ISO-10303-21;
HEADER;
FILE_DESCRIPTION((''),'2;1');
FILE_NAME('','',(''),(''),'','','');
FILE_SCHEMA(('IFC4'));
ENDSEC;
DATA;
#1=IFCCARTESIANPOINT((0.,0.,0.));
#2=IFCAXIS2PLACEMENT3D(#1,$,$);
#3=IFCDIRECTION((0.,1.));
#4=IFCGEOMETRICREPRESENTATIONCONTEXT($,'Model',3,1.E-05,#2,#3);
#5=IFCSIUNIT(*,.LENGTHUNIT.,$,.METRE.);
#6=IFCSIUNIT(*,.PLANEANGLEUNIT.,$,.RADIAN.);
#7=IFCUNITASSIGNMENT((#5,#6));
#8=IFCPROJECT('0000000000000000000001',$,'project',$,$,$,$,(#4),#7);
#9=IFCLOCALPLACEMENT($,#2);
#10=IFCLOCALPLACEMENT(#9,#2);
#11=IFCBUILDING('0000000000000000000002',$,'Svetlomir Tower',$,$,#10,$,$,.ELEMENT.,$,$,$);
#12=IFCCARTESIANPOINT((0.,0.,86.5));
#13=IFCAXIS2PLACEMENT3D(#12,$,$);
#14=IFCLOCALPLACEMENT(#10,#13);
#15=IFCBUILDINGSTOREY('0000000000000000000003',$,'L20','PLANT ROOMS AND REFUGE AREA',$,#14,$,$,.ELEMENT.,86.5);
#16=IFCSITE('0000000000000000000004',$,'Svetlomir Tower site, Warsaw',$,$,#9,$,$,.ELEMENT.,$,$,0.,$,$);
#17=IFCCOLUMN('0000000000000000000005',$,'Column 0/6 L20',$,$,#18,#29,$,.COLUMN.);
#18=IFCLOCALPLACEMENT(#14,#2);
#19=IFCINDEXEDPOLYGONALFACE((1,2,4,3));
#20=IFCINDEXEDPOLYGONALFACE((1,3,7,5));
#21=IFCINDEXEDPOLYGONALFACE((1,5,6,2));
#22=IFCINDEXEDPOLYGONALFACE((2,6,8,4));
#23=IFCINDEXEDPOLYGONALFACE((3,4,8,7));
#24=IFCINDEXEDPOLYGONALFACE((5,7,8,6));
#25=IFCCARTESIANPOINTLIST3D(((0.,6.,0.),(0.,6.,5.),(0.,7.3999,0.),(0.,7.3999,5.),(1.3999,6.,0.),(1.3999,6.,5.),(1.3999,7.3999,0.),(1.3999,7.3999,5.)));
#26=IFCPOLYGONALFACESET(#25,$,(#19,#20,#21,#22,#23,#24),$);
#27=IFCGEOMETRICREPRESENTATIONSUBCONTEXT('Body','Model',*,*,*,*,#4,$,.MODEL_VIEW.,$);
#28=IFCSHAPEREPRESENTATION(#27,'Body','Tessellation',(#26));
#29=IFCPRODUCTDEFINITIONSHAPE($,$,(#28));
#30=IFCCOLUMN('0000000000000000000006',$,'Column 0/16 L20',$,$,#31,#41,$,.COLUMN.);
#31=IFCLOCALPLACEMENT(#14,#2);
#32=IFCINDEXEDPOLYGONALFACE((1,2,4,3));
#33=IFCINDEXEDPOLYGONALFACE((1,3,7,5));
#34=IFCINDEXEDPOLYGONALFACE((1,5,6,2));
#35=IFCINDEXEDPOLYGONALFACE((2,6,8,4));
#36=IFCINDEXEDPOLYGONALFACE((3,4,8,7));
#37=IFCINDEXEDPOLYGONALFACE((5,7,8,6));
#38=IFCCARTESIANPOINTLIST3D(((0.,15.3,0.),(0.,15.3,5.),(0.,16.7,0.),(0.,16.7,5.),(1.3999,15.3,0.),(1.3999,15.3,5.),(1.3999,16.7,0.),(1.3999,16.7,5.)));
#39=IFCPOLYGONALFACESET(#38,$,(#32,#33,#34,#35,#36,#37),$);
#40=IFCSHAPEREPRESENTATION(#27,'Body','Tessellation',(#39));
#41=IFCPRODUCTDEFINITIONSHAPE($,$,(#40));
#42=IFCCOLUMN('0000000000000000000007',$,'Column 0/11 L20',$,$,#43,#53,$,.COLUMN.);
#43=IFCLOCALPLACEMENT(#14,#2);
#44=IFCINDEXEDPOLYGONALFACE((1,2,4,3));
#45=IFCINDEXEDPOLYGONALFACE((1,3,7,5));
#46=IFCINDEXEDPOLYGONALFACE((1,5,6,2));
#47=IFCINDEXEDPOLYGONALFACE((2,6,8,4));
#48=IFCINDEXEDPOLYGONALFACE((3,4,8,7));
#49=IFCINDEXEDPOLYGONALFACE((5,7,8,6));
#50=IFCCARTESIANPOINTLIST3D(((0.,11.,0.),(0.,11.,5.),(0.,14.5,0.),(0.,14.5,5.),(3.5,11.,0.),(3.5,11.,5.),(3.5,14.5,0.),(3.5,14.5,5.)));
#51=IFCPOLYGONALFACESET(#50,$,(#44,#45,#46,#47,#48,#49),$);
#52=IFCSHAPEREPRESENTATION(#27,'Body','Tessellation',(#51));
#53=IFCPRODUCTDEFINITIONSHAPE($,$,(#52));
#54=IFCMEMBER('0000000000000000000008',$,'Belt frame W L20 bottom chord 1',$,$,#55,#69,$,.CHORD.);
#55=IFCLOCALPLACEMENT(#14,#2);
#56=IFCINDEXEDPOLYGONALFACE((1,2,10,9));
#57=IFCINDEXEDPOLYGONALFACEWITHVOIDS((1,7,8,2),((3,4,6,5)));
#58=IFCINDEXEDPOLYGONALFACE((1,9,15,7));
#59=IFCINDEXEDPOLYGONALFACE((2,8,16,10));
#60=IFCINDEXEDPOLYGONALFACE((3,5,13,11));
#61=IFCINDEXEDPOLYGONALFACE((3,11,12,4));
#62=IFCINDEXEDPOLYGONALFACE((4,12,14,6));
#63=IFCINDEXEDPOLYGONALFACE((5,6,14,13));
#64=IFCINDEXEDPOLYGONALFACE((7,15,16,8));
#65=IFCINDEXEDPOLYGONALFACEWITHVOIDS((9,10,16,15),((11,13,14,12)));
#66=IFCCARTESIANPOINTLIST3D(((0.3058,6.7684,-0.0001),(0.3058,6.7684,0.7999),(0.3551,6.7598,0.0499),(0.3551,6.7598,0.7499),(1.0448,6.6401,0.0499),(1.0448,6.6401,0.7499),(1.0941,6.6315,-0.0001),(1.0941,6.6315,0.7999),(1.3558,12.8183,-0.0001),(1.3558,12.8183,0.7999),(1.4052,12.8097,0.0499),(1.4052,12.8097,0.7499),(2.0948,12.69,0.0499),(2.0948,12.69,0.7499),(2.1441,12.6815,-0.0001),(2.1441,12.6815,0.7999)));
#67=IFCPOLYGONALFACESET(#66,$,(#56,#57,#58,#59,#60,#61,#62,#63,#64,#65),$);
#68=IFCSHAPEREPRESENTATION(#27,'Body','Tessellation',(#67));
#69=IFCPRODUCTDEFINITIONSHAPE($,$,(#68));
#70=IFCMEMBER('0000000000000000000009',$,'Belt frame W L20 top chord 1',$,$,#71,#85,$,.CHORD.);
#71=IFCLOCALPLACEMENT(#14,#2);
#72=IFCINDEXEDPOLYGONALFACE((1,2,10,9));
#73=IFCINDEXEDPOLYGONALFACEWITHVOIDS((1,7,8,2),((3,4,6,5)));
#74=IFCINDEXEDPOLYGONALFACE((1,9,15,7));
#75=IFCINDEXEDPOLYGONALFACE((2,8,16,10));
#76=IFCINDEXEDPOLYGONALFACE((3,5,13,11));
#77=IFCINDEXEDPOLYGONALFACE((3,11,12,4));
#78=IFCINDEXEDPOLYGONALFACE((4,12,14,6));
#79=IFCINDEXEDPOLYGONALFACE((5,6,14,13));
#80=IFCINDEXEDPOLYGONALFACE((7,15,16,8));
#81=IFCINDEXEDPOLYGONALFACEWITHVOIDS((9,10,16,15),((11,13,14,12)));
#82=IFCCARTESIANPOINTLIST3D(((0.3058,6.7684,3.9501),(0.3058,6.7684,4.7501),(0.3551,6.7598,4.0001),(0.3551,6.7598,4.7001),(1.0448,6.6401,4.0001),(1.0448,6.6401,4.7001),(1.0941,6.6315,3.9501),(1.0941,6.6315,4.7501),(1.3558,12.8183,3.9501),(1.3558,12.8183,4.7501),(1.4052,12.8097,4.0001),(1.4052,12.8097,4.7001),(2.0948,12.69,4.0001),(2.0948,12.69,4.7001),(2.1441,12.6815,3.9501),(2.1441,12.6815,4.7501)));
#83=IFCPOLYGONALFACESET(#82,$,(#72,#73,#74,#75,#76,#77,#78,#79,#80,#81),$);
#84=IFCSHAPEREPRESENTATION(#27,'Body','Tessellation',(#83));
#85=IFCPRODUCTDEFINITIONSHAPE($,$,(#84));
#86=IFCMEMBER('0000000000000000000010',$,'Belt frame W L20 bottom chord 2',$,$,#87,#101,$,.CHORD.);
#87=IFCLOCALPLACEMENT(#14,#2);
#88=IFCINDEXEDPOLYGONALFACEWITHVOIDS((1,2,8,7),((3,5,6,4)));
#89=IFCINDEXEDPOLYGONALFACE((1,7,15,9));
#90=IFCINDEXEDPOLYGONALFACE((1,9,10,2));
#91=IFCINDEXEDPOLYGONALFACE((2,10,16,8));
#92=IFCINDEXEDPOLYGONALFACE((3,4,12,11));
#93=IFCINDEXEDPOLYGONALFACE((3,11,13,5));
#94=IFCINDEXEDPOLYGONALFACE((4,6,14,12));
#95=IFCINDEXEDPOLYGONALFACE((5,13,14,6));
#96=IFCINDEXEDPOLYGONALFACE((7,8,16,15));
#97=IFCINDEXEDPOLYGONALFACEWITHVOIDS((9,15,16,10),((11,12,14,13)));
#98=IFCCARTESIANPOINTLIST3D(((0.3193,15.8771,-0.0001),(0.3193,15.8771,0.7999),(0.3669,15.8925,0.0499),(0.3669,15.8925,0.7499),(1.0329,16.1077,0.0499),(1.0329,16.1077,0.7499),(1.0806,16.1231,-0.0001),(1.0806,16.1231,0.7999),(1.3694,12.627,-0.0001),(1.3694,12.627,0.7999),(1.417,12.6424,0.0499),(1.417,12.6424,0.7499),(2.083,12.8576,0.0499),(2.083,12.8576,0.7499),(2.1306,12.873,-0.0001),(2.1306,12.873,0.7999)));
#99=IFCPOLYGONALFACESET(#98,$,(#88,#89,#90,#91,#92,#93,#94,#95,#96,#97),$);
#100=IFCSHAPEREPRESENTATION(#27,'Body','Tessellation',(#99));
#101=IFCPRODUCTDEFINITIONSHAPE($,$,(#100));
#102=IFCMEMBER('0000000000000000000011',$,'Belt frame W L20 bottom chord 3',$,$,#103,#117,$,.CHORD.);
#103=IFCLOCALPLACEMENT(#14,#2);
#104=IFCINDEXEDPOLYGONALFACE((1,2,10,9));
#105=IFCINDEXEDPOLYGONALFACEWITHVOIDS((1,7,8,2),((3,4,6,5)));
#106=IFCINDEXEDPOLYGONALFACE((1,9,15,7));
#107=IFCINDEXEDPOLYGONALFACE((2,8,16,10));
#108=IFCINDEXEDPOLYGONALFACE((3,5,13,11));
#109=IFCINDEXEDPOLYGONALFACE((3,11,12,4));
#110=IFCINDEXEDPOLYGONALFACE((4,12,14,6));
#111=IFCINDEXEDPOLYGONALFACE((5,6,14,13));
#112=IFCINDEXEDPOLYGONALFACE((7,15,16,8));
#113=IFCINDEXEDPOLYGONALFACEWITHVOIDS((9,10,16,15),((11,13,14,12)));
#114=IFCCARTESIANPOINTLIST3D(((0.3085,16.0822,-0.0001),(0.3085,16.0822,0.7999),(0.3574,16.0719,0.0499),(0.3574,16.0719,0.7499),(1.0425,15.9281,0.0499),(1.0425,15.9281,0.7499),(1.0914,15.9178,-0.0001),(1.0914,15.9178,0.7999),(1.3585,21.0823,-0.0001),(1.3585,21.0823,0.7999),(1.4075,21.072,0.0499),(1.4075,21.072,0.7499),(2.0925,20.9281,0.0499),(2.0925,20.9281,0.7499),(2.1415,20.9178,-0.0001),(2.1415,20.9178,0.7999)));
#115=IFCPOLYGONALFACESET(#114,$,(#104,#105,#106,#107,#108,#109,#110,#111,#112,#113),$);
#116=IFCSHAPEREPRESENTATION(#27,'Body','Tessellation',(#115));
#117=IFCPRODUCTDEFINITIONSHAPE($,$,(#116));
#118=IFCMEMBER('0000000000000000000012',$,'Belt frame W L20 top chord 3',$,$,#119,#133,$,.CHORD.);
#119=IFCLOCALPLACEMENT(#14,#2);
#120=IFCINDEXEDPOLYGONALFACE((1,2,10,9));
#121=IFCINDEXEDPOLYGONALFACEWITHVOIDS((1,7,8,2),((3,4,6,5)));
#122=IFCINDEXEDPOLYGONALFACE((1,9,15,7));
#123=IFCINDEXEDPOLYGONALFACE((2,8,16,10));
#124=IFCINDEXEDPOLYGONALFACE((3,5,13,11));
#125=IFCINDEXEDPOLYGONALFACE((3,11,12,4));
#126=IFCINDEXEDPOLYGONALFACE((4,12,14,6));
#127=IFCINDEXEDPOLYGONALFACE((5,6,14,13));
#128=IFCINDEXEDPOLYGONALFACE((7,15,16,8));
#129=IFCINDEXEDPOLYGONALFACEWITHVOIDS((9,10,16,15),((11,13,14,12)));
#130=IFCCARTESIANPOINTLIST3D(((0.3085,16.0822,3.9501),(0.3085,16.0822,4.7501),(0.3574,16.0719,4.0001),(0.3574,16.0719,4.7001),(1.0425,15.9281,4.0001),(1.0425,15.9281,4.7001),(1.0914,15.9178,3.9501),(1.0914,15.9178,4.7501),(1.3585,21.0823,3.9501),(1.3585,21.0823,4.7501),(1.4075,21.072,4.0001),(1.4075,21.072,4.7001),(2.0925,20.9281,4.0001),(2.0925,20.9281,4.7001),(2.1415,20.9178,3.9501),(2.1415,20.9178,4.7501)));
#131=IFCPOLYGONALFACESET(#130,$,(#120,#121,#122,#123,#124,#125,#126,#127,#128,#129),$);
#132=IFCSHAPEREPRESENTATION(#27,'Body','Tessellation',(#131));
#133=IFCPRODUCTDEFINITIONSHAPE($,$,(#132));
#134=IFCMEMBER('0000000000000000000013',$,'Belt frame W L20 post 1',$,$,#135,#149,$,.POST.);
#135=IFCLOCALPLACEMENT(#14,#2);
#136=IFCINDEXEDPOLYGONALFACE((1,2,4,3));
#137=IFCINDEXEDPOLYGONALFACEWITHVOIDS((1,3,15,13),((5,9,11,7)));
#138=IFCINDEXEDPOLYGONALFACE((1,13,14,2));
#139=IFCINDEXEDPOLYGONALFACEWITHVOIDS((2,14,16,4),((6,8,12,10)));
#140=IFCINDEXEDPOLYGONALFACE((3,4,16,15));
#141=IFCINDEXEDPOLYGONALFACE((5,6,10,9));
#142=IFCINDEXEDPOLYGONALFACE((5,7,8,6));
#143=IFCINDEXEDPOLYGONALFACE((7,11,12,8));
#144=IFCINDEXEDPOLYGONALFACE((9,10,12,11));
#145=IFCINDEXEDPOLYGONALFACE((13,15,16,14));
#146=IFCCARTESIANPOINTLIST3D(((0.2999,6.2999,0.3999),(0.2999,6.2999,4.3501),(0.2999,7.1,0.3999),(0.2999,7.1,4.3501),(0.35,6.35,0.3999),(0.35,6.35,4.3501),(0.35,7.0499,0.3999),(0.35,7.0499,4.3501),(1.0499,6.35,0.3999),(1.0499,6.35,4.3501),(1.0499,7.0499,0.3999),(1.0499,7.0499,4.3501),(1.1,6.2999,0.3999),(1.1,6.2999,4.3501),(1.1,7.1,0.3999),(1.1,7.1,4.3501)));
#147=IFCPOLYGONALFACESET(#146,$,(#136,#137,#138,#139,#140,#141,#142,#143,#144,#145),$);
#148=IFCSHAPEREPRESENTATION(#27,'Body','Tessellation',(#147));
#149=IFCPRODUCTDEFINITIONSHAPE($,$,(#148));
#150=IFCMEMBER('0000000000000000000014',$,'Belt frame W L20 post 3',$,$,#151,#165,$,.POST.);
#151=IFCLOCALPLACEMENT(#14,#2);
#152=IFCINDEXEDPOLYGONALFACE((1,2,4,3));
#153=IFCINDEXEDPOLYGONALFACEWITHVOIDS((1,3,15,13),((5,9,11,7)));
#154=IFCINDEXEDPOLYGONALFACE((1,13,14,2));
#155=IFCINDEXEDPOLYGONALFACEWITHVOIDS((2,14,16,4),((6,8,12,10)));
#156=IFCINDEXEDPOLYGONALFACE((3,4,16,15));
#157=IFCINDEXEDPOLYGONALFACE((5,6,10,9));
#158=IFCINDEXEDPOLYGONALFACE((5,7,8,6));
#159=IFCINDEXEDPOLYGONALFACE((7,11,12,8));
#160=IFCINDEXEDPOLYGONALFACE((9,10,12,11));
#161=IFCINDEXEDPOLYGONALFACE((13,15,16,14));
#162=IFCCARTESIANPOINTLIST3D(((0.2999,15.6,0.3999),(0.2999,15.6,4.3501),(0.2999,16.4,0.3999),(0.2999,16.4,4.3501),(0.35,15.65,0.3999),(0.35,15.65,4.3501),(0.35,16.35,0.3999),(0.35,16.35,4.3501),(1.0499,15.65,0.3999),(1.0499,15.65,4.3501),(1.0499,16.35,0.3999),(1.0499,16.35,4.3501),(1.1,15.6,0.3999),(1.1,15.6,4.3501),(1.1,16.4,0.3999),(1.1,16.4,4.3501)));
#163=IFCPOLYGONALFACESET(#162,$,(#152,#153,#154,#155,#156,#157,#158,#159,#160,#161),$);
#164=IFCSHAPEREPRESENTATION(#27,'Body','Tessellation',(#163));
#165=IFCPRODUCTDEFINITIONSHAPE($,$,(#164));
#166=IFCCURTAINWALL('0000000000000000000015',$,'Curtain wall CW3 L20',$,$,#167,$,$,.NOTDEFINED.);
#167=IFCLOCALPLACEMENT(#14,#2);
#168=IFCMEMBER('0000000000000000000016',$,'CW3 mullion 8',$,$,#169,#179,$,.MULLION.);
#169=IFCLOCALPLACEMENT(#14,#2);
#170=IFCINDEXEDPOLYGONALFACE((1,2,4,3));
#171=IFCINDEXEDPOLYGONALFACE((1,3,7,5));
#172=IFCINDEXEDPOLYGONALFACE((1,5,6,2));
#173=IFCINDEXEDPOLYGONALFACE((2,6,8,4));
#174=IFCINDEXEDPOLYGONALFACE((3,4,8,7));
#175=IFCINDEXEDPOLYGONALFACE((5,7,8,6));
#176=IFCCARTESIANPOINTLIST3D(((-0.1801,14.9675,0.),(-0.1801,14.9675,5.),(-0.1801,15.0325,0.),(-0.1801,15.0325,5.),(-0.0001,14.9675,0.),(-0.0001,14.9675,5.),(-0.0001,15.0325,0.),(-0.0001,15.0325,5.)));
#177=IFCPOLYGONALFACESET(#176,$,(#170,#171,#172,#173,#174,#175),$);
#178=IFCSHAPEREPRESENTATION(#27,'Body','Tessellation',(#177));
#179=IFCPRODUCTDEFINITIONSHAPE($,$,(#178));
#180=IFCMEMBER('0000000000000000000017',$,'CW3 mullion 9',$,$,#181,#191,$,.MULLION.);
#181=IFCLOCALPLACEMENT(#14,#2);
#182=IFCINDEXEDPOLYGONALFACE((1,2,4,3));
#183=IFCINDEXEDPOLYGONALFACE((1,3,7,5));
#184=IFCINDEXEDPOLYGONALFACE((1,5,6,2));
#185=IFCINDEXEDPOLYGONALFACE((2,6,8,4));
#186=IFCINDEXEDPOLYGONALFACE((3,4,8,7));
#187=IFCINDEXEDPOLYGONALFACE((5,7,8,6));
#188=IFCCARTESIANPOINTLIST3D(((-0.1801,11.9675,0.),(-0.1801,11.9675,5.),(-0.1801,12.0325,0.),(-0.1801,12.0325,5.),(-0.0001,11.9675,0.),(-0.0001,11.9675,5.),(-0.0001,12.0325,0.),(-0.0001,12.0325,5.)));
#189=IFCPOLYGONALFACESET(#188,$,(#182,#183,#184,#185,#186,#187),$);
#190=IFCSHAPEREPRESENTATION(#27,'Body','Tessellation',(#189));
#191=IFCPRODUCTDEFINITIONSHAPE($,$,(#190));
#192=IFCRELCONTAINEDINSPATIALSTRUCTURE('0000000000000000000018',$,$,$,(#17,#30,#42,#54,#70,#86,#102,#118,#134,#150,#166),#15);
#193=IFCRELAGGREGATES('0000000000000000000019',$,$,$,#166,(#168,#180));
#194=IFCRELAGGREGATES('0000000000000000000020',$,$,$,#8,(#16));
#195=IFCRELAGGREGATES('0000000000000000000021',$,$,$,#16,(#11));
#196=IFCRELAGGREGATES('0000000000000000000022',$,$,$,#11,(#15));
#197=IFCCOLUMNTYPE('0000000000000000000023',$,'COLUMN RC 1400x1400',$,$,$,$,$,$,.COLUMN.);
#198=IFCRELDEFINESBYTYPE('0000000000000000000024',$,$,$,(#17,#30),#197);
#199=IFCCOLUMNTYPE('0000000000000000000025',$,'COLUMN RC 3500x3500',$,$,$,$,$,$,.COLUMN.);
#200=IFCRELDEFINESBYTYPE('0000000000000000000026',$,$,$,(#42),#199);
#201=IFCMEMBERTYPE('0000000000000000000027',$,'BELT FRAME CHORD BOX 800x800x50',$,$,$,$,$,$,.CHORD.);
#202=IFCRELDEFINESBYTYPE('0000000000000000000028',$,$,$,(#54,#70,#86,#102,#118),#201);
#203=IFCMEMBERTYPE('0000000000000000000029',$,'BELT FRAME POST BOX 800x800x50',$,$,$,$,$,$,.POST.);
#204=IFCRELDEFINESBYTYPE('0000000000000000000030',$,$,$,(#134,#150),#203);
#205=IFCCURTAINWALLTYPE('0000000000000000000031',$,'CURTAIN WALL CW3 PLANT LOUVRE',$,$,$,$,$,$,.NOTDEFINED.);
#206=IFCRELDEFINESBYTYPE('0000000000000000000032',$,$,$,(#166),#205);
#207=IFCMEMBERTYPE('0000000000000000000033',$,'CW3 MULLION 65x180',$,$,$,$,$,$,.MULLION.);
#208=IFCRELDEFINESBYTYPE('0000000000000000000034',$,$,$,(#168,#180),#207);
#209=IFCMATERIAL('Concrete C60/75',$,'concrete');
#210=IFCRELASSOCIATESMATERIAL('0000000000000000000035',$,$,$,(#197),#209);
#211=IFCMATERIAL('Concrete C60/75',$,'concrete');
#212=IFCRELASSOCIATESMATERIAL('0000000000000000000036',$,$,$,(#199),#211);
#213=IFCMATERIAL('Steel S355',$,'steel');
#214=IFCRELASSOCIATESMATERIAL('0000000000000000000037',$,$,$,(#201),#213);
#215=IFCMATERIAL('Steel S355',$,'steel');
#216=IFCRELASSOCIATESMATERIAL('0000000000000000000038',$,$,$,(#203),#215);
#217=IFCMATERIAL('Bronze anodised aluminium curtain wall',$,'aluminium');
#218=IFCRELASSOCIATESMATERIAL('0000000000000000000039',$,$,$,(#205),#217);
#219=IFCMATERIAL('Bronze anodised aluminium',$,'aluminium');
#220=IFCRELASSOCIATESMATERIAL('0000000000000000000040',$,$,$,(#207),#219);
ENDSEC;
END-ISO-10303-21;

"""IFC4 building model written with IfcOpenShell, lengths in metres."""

from ifc_helpers import new_model, si_unit, direction, frame, origin, origin_2d, place, context, subcontext, project, spatial, rectangle, hollow_rectangle, extrude, material, material_profile, profile_set, type_object, element, aggregate, save


model = new_model("IFC4")

# Units and contexts
model_context = context("Model", 3, precision=1e-05, world=origin(), true_north=direction((0.0, 1.0)))
body_context = subcontext(model_context, "Body", "Model", "MODEL_VIEW")
ifc_project = project(units=[si_unit("LENGTHUNIT", "METRE"), si_unit("PLANEANGLEUNIT", "RADIAN")], contexts=[model_context])

# Site, building, storey
site_placement = place(None, origin())
site = spatial("IfcSite", under=ifc_project, at=site_placement, Name="Svetlomir Tower site, Warsaw", CompositionType="ELEMENT", RefElevation=0.0)
building_placement = place(site_placement, origin())
building = spatial("IfcBuilding", under=site, at=building_placement, Name="Svetlomir Tower", CompositionType="ELEMENT")
storey_placement = place(building_placement, frame((0.0, 0.0, 86.5)))
storey = spatial("IfcBuildingStorey", under=building, at=storey_placement, Name="L20", Description="PLANT ROOMS AND REFUGE AREA", CompositionType="ELEMENT", Elevation=86.5)

# Columns
ifc_material_1 = material(Name="Concrete C60/75", Category="concrete")
ifc_material_profile_1 = material_profile(ifc_material_1, rectangle(XDim=1.3999, YDim=1.3999, at=origin_2d()), Name="RC 1400x1400")
ifc_profile_set_1 = profile_set([ifc_material_profile_1], Name="Concrete C60/75")
column_type_1 = type_object("IfcColumnType", Name="COLUMN RC 1400x1400", PredefinedType="COLUMN", material=ifc_profile_set_1)
for number, where, z_axis, x_axis, name in (
    (1, (0.7, 6.7, 0.0), (0.0, 0.0, 1.0), (1.0, 0.0, 0.0), "Column 0/6 L20"),
    (2, (0.7, 16.0, 0.0), (0.0, 0.0, 1.0), (1.0, 0.0, 0.0), "Column 0/16 L20"),
):
    element("IfcColumn", number, at=place(storey_placement, frame(where, z_axis=z_axis, x_axis=x_axis)), inside=storey, type_object=column_type_1, Name=name, PredefinedType="COLUMN", context=body_context, shape_type="SweptSolid", body=[
        extrude(rectangle(XDim=1.3999, YDim=1.3999, at=origin_2d()), origin(), (0.0, 0.0, 1.0), 5.0),
    ])
ifc_material_2 = material(Name="Concrete C60/75", Category="concrete")
ifc_material_profile_2 = material_profile(ifc_material_2, rectangle(XDim=3.5, YDim=3.5, at=origin_2d()), Name="RC 3500x3500")
ifc_profile_set_2 = profile_set([ifc_material_profile_2], Name="Concrete C60/75")
column_type_2 = type_object("IfcColumnType", Name="COLUMN RC 3500x3500", PredefinedType="COLUMN", material=ifc_profile_set_2)
column_placement = place(storey_placement, frame((1.75, 12.75, 0.0), z_axis=(0.0, 0.0, 1.0), x_axis=(1.0, 0.0, 0.0)))
element("IfcColumn", 3, at=column_placement, inside=storey, type_object=column_type_2, Name="Column 0/11 L20", PredefinedType="COLUMN", context=body_context, shape_type="SweptSolid", body=[
    extrude(rectangle(XDim=3.5, YDim=3.5, at=origin_2d()), origin(), (0.0, 0.0, 1.0), 5.0),
])

# Members
ifc_material_3 = material(Name="Steel S355", Category="steel")
ifc_material_profile_3 = material_profile(ifc_material_3, hollow_rectangle(XDim=0.8, YDim=0.8, WallThickness=0.05, at=origin_2d()), Name="BOX 800x800x50")
ifc_profile_set_3 = profile_set([ifc_material_profile_3], Name="Steel S355")
member_type_1 = type_object("IfcMemberType", Name="BELT FRAME CHORD BOX 800x800x50", PredefinedType="CHORD", material=ifc_profile_set_3)
for number, where, z_axis, x_axis, name in (
    (4, (0.7, 6.7, 0.3999), (0.171004, 0.98527, 0.0), (-0.98527, 0.171004, 0.0), "Belt frame W L20 bottom chord 1"),
    (5, (0.7, 6.7, 4.3501), (0.171004, 0.98527, 0.0), (-0.98527, 0.171004, 0.0), "Belt frame W L20 top chord 1"),
):
    element("IfcMember", number, at=place(storey_placement, frame(where, z_axis=z_axis, x_axis=x_axis)), inside=storey, type_object=member_type_1, Name=name, PredefinedType="CHORD", context=body_context, shape_type="SweptSolid", body=[
        extrude(hollow_rectangle(XDim=0.8, YDim=0.8, WallThickness=0.05, at=origin_2d()), origin(), (0.0, 0.0, 1.0), 6.1404),
    ])
member_1_placement = place(storey_placement, frame((1.75, 12.75, 0.3999), z_axis=(-0.307443, 0.951566, 0.0), x_axis=(-0.951566, -0.307443, 0.0)))
element("IfcMember", 6, at=member_1_placement, inside=storey, type_object=member_type_1, Name="Belt frame W L20 bottom chord 2", PredefinedType="CHORD", context=body_context, shape_type="SweptSolid", body=[
    extrude(hollow_rectangle(XDim=0.8, YDim=0.8, WallThickness=0.05, at=origin_2d()), origin(), (0.0, 0.0, 1.0), 3.4155),
])
for number, where, z_axis, x_axis, name in (
    (7, (0.7, 16.0, 0.3999), (0.205526, 0.978652, 0.0), (-0.978652, 0.205526, 0.0), "Belt frame W L20 bottom chord 3"),
    (8, (0.7, 16.0, 4.3501), (0.205526, 0.978652, 0.0), (-0.978652, 0.205526, 0.0), "Belt frame W L20 top chord 3"),
):
    element("IfcMember", number, at=place(storey_placement, frame(where, z_axis=z_axis, x_axis=x_axis)), inside=storey, type_object=member_type_1, Name=name, PredefinedType="CHORD", context=body_context, shape_type="SweptSolid", body=[
        extrude(hollow_rectangle(XDim=0.8, YDim=0.8, WallThickness=0.05, at=origin_2d()), origin(), (0.0, 0.0, 1.0), 5.1091),
    ])
ifc_material_4 = material(Name="Steel S355", Category="steel")
ifc_material_profile_4 = material_profile(ifc_material_4, hollow_rectangle(XDim=0.8, YDim=0.8, WallThickness=0.05, at=origin_2d()), Name="BOX 800x800x50")
ifc_profile_set_4 = profile_set([ifc_material_profile_4], Name="Steel S355")
member_type_2 = type_object("IfcMemberType", Name="BELT FRAME POST BOX 800x800x50", PredefinedType="POST", material=ifc_profile_set_4)
for number, where, z_axis, x_axis, name in (
    (9, (0.7, 6.7, 0.3999), (0.0, 0.0, 1.0), (1.0, 0.0, 0.0), "Belt frame W L20 post 1"),
    (10, (0.7, 16.0, 0.3999), (0.0, 0.0, 1.0), (1.0, 0.0, 0.0), "Belt frame W L20 post 3"),
):
    element("IfcMember", number, at=place(storey_placement, frame(where, z_axis=z_axis, x_axis=x_axis)), inside=storey, type_object=member_type_2, Name=name, PredefinedType="POST", context=body_context, shape_type="SweptSolid", body=[
        extrude(hollow_rectangle(XDim=0.8, YDim=0.8, WallThickness=0.05, at=origin_2d()), origin(), (0.0, 0.0, 1.0), 3.9502),
    ])

# Curtain wall, members
ifc_material_5 = material(Name="Bronze anodised aluminium curtain wall", Category="aluminium")
curtain_wall_type = type_object("IfcCurtainWallType", Name="CURTAIN WALL CW3 PLANT LOUVRE", PredefinedType="NOTDEFINED", material=ifc_material_5)
curtain_wall_1_placement = place(storey_placement, origin())
curtain_wall_1 = element("IfcCurtainWall", 11, at=curtain_wall_1_placement, inside=storey, type_object=curtain_wall_type, Name="Curtain wall CW3 L20", PredefinedType="NOTDEFINED")
ifc_material_6 = material(Name="Bronze anodised aluminium", Category="aluminium")
ifc_material_profile_5 = material_profile(ifc_material_6, rectangle(XDim=0.0649, YDim=0.1799, at=origin_2d()), Name="AL 65x180")
ifc_profile_set_5 = profile_set([ifc_material_profile_5], Name="Bronze anodised aluminium 6063-T6")
member_type_3 = type_object("IfcMemberType", Name="CW3 MULLION 65x180", PredefinedType="MULLION", material=ifc_profile_set_5)
member_2_placement = place(storey_placement, frame((-0.0901, 15.0, 0.0), z_axis=(0.0, 0.0, 1.0), x_axis=(0.0, -1.0, 0.0)))
member_2 = element("IfcMember", 12, at=member_2_placement, type_object=member_type_3, Name="CW3 mullion 8", PredefinedType="MULLION", context=body_context, shape_type="SweptSolid", body=[
    extrude(rectangle(XDim=0.0649, YDim=0.1799, at=origin_2d()), origin(), (0.0, 0.0, 1.0), 5.0),
])
member_3_placement = place(storey_placement, frame((-0.0901, 12.0, 0.0), z_axis=(0.0, 0.0, 1.0), x_axis=(0.0, -1.0, 0.0)))
member_3 = element("IfcMember", 13, at=member_3_placement, type_object=member_type_3, Name="CW3 mullion 9", PredefinedType="MULLION", context=body_context, shape_type="SweptSolid", body=[
    extrude(rectangle(XDim=0.0649, YDim=0.1799, at=origin_2d()), origin(), (0.0, 0.0, 1.0), 5.0),
])

aggregate(curtain_wall_1, [member_2, member_3])

save(model, "model.ifc")
